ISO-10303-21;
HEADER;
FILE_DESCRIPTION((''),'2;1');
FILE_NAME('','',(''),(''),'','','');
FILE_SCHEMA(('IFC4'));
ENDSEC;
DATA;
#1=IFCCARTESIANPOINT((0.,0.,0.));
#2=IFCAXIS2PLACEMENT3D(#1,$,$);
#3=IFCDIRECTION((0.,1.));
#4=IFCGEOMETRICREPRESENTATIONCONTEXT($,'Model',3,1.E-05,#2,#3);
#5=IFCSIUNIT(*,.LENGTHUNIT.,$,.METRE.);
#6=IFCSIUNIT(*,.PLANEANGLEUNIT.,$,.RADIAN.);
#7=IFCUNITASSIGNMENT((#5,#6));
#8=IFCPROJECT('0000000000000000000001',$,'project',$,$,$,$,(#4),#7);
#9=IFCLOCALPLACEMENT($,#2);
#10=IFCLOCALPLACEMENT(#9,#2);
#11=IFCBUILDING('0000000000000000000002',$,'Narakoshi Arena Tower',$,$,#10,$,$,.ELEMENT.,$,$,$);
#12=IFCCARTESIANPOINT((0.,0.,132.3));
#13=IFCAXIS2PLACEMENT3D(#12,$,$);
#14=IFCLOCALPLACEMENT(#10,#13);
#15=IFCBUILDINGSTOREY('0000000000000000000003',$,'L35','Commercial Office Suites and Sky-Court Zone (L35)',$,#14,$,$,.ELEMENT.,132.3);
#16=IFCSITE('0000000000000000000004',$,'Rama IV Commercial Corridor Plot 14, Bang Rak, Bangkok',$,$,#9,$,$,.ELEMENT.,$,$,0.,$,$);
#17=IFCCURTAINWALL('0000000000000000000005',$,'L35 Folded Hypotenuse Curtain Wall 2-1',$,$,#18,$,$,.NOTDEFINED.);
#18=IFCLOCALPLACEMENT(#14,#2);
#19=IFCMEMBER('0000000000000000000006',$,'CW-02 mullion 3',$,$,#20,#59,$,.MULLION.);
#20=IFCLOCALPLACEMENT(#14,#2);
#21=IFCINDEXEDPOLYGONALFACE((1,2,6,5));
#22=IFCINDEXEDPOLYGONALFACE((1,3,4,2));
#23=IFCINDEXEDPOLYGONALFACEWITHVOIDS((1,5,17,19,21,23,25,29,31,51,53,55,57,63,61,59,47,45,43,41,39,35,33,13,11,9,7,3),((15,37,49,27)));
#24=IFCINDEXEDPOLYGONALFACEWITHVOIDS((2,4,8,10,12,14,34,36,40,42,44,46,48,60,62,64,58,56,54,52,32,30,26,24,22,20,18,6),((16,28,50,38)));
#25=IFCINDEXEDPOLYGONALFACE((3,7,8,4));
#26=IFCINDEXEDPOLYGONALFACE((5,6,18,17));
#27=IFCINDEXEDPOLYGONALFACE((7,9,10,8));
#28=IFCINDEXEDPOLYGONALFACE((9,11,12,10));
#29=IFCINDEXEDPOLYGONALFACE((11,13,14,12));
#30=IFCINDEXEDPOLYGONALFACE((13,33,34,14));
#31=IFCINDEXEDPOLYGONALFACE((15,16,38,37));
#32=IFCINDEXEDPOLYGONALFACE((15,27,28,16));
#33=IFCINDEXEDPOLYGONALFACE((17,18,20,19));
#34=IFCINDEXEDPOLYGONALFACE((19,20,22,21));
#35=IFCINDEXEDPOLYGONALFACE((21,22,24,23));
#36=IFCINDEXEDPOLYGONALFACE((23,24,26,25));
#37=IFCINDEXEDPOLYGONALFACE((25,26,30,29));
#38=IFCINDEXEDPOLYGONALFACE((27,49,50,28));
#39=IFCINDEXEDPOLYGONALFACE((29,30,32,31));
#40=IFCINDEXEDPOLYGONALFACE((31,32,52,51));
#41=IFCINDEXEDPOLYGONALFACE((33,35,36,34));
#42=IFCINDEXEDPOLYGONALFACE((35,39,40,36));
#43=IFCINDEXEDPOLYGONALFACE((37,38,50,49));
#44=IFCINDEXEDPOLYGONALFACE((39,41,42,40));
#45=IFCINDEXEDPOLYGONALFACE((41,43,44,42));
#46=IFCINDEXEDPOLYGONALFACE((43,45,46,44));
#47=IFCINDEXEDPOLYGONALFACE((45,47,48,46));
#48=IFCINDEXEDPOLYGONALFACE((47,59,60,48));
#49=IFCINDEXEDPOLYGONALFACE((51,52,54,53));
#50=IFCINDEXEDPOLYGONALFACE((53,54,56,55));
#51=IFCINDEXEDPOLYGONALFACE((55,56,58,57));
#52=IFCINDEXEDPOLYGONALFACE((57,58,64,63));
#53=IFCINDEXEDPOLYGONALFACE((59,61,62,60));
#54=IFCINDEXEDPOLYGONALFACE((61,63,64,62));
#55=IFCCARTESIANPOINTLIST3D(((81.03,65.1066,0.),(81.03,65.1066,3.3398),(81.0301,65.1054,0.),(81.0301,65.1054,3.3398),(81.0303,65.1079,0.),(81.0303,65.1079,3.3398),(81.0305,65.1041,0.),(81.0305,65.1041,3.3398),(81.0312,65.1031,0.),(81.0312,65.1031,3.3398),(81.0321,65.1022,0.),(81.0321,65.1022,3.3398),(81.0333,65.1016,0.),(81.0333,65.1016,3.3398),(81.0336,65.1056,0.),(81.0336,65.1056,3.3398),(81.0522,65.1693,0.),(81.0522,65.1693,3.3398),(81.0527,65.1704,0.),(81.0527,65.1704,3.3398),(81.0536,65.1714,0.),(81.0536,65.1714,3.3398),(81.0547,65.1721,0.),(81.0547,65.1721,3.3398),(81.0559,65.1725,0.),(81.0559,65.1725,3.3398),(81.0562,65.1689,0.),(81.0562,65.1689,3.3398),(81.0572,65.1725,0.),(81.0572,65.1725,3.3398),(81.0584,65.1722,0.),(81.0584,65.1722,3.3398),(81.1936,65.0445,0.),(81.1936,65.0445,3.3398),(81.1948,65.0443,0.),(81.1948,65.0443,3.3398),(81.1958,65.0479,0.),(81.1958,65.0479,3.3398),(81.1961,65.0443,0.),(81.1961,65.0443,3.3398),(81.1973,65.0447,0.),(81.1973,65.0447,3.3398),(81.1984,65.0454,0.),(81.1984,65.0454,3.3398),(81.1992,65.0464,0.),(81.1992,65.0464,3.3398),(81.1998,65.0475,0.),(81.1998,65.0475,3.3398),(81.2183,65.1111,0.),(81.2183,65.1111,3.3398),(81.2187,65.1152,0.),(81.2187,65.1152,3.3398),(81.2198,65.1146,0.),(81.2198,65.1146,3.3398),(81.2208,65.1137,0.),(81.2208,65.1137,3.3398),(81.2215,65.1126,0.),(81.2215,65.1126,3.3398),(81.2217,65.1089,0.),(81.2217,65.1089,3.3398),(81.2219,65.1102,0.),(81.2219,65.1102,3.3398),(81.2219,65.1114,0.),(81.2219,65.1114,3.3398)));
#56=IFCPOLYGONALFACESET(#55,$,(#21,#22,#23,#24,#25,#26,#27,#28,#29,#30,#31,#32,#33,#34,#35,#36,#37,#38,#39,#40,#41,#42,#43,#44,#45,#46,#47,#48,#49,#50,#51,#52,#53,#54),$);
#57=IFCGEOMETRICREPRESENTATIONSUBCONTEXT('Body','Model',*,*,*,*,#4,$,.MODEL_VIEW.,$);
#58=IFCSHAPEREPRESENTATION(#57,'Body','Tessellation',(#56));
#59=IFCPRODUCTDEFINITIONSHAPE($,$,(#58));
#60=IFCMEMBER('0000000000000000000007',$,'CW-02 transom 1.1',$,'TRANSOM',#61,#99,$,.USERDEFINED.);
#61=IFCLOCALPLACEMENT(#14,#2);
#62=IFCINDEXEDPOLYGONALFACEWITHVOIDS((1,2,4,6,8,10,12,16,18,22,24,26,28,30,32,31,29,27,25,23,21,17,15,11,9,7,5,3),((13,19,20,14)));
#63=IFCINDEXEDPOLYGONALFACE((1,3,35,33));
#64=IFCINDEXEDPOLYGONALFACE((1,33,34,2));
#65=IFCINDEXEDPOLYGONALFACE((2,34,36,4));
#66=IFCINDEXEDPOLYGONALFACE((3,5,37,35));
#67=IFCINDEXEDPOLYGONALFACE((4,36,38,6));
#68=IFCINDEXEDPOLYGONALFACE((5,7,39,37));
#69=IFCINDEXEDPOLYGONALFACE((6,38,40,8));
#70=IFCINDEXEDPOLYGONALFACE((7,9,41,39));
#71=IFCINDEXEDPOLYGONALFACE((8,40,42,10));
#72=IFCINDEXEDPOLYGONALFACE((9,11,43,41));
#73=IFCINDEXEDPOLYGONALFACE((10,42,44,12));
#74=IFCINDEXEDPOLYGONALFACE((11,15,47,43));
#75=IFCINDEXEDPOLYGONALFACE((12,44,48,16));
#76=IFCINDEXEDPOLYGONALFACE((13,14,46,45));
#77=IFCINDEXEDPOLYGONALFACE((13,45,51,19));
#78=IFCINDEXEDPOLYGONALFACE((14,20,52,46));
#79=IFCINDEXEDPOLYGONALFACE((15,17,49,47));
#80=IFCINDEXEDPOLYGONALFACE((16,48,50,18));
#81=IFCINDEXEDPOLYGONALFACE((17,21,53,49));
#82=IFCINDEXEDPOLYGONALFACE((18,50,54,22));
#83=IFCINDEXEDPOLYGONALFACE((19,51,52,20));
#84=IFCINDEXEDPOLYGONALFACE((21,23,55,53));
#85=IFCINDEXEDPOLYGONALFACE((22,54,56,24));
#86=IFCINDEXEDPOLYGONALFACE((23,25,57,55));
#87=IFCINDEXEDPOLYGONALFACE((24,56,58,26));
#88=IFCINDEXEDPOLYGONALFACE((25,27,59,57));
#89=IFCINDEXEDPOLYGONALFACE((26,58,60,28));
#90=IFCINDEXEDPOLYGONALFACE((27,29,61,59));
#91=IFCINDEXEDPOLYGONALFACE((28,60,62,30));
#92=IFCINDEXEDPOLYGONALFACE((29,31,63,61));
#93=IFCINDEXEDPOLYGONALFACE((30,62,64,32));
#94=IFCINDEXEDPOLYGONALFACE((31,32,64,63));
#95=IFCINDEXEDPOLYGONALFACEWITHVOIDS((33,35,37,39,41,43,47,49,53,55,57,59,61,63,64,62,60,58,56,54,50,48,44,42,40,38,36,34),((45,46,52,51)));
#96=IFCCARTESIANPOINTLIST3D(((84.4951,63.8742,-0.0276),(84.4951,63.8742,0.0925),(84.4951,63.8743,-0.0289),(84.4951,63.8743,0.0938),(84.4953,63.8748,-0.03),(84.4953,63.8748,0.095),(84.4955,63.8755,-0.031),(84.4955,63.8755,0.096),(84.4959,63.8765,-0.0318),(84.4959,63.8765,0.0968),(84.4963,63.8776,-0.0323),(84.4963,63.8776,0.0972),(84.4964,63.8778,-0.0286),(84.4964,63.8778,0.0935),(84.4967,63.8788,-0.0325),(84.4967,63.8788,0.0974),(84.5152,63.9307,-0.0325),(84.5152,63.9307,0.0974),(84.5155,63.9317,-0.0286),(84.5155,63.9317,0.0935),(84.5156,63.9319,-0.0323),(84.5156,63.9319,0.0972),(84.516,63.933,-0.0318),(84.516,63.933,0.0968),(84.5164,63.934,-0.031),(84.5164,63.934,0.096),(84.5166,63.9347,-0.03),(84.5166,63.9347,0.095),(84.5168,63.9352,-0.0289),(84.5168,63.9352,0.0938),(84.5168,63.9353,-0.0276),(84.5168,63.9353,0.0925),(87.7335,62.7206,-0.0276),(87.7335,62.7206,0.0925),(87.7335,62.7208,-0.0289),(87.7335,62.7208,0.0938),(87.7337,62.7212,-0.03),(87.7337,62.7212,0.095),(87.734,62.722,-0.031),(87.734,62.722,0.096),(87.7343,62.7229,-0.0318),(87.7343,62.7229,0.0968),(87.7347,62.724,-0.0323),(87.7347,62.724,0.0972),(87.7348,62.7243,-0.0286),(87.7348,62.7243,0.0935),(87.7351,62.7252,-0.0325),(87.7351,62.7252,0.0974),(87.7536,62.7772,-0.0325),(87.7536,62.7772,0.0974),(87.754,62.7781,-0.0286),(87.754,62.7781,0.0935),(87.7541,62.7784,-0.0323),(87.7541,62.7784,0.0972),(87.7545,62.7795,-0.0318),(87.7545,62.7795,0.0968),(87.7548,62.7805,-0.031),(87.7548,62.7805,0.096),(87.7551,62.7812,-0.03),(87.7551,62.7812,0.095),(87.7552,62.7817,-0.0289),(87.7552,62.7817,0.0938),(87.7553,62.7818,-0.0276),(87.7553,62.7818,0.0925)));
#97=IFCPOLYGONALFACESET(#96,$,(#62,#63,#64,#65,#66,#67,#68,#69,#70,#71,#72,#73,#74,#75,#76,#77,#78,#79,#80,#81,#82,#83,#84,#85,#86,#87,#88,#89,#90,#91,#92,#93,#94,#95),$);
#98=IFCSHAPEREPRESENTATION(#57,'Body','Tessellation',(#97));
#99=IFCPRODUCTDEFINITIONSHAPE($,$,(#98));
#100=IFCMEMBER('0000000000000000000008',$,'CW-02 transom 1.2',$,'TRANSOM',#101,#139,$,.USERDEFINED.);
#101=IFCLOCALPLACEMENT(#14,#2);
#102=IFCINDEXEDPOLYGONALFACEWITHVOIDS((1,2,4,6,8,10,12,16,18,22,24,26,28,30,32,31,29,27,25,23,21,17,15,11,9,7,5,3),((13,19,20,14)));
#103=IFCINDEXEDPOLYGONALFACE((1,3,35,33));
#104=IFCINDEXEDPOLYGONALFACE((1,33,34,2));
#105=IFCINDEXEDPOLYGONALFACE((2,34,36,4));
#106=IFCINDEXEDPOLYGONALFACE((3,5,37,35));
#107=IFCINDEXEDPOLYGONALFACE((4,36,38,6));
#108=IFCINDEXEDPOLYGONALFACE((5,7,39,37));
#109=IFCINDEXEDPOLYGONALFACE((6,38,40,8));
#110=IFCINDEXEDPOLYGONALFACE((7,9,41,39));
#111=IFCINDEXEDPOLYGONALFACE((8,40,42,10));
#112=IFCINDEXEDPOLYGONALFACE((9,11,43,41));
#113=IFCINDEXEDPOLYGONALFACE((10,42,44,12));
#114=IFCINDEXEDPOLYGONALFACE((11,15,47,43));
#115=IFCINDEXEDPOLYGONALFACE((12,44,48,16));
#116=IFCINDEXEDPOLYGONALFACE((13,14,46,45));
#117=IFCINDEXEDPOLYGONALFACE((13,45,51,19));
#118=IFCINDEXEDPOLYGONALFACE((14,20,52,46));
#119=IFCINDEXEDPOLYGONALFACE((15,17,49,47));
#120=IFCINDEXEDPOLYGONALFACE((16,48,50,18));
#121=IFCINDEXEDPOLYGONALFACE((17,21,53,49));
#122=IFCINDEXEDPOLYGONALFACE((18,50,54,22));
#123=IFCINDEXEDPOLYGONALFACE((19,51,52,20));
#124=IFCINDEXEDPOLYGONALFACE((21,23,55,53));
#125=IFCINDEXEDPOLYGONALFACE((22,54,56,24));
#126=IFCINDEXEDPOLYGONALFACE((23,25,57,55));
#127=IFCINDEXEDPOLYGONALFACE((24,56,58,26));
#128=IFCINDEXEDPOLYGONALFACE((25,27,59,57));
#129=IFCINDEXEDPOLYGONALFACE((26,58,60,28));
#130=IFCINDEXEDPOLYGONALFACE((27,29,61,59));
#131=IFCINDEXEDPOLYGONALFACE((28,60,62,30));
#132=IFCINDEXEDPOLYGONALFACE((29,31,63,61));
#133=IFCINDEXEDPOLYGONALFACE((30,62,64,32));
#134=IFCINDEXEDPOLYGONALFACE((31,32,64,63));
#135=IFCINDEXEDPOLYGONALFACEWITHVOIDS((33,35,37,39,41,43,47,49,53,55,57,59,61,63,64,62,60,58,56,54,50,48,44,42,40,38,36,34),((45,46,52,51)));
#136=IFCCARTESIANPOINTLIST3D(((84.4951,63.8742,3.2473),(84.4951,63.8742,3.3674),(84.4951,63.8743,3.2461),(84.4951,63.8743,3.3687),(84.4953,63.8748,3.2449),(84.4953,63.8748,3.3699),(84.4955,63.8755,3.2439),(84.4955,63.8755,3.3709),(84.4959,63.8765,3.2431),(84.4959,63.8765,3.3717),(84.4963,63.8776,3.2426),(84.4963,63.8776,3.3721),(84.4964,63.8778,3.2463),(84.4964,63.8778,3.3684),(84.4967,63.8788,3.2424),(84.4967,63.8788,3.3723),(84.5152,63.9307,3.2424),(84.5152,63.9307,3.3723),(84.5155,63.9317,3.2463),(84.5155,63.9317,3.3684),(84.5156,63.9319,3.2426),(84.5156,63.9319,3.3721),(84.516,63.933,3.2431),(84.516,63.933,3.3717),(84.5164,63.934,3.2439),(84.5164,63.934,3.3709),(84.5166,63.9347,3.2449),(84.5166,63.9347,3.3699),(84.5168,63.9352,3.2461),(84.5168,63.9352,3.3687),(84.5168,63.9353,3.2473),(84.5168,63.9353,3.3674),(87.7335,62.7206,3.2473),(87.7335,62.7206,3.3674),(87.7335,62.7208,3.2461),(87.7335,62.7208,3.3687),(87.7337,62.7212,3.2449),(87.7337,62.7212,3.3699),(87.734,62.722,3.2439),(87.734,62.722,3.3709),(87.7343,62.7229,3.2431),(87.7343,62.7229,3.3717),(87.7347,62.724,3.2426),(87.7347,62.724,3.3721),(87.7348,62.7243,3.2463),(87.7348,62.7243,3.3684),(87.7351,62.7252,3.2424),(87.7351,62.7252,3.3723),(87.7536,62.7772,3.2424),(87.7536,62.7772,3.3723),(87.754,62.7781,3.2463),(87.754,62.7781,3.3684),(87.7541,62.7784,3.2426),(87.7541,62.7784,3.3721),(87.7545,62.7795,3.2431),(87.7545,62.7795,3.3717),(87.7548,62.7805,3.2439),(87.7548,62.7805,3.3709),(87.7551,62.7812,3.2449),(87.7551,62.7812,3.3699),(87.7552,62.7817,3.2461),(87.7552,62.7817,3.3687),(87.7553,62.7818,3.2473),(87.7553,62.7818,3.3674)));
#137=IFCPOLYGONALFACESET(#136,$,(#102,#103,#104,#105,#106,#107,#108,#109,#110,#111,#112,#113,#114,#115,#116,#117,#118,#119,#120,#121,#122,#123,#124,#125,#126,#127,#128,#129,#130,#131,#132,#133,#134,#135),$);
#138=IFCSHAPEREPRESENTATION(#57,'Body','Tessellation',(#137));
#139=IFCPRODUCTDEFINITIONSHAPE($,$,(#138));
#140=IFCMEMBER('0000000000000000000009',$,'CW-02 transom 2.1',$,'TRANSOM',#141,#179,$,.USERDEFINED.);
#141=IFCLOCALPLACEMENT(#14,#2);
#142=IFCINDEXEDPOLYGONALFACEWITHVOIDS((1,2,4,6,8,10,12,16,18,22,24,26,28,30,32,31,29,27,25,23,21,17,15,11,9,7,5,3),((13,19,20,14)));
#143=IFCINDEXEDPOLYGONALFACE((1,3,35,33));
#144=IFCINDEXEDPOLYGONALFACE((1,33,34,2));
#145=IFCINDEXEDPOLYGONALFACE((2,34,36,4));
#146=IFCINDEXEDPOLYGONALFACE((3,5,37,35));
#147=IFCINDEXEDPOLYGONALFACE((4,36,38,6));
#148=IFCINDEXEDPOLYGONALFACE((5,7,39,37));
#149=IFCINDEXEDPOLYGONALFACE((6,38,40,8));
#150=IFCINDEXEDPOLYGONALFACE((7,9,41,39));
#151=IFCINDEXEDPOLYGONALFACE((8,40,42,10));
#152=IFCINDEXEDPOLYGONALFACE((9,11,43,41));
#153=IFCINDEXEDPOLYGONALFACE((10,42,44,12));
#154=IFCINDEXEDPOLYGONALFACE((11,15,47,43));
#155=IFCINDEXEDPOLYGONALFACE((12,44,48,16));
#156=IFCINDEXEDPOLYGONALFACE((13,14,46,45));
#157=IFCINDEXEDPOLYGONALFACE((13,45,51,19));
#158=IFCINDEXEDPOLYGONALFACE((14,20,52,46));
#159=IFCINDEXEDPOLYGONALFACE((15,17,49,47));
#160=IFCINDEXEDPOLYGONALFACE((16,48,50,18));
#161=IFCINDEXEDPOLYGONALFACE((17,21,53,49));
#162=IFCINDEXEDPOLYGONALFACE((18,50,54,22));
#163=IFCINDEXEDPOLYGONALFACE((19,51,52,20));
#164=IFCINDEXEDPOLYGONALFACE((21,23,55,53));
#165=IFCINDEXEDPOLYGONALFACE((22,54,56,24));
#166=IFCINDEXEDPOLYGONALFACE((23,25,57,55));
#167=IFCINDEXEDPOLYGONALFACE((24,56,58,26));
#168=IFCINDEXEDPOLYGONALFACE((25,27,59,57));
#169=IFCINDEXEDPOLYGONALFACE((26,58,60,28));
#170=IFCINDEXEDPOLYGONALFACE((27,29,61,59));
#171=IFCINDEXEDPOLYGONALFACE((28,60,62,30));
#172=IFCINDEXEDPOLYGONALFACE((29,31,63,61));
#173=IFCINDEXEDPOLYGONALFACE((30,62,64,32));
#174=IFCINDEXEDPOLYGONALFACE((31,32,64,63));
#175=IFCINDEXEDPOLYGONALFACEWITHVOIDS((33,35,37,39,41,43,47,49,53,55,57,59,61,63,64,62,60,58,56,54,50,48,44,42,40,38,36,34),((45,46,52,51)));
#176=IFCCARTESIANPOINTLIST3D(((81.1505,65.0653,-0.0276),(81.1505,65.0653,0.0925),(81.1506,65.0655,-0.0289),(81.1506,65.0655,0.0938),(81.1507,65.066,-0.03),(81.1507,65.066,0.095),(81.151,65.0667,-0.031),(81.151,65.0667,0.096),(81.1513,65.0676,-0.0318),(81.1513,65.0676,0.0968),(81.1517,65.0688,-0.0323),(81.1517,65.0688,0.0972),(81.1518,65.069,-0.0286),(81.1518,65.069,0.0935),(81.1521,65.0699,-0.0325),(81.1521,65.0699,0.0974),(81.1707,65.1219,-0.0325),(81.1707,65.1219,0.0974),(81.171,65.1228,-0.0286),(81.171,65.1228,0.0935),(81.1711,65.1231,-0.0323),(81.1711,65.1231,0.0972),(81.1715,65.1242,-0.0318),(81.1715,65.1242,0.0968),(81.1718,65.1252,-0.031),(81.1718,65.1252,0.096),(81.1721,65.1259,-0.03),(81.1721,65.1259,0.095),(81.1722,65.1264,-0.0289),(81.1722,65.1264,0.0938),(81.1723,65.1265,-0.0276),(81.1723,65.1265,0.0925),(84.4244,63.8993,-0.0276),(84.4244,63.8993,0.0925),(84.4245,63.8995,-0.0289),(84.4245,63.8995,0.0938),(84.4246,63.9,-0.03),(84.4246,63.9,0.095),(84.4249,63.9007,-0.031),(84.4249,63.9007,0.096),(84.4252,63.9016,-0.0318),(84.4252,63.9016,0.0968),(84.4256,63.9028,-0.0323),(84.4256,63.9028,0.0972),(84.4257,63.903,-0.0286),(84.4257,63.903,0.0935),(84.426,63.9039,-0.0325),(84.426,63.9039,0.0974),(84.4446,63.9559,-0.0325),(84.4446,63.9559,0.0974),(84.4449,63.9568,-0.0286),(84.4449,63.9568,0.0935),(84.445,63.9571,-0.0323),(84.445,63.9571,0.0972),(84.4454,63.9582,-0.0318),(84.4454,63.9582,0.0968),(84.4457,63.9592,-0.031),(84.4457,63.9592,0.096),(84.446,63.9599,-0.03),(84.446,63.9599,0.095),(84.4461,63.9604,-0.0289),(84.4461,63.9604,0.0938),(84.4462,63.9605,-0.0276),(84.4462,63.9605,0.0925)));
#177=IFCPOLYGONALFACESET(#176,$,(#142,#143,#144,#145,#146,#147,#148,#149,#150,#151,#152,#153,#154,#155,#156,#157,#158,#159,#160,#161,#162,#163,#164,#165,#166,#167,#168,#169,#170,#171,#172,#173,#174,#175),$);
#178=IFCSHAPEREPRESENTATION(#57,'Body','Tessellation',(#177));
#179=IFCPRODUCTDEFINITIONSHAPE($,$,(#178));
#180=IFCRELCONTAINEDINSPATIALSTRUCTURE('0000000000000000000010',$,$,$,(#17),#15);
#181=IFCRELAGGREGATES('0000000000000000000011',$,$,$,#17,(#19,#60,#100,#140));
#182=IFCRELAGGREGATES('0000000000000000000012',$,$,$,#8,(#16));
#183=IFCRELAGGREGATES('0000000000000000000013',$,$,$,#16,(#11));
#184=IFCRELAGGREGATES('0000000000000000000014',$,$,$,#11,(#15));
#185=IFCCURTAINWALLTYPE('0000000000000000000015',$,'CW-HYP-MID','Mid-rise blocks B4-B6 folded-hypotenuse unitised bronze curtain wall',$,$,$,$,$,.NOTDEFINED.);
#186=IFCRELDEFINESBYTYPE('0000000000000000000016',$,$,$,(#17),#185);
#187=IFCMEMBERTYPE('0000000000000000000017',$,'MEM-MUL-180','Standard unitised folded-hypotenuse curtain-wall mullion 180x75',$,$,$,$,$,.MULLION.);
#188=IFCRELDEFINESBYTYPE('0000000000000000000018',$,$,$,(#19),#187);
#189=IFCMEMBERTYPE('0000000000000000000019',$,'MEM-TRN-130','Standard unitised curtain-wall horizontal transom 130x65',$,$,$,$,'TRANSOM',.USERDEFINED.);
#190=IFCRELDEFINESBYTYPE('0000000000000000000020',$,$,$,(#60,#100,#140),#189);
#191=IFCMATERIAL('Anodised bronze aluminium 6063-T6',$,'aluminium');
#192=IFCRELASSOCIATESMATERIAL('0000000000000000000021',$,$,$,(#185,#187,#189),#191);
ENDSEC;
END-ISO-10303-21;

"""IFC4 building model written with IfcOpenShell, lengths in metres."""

from ifc_helpers import new_model, si_unit, direction, frame, origin, origin_2d, place, context, subcontext, project, spatial, hollow_rectangle, extrude, material, material_profile, profile_set, type_object, element, aggregate, save


model = new_model("IFC4")

# Units and contexts
model_context = context("Model", 3, precision=1e-05, world=origin(), true_north=direction((0.0, 1.0)))
body_context = subcontext(model_context, "Body", "Model", "MODEL_VIEW")
ifc_project = project(units=[si_unit("LENGTHUNIT", "METRE"), si_unit("PLANEANGLEUNIT", "RADIAN")], contexts=[model_context])

# Site, building, storey
site_placement = place(None, origin())
site = spatial("IfcSite", under=ifc_project, at=site_placement, Name="Rama IV Commercial Corridor Plot 14, Bang Rak, Bangkok", CompositionType="ELEMENT", RefElevation=0.0)
building_placement = place(site_placement, origin())
building = spatial("IfcBuilding", under=site, at=building_placement, Name="Narakoshi Arena Tower", CompositionType="ELEMENT")
storey_placement = place(building_placement, frame((0.0, 0.0, 132.3)))
storey = spatial("IfcBuildingStorey", under=building, at=storey_placement, Name="L35", Description="Commercial Office Suites and Sky-Court Zone (L35)", CompositionType="ELEMENT", Elevation=132.3)

# Curtain wall, members
ifc_material_1 = material(Name="Anodised bronze aluminium 6063-T6", Category="aluminium")
curtain_wall_type = type_object("IfcCurtainWallType", Name="CW-HYP-MID", Description="Mid-rise blocks B4-B6 folded-hypotenuse unitised bronze curtain wall", PredefinedType="NOTDEFINED", material=ifc_material_1)
curtain_wall_placement = place(storey_placement, origin())
curtain_wall = element("IfcCurtainWall", 1, at=curtain_wall_placement, inside=storey, type_object=curtain_wall_type, Name="L35 Folded Hypotenuse Curtain Wall 2-1", PredefinedType="NOTDEFINED")
ifc_material_profile_1 = material_profile(ifc_material_1, hollow_rectangle(XDim=0.075, YDim=0.1799, WallThickness=0.0039, OuterFilletRadius=0.0049, at=origin_2d()), Name="MUL180x75x4")
ifc_profile_set_1 = profile_set([ifc_material_profile_1], Name="Anodised bronze aluminium 6063-T6")
member_type_1 = type_object("IfcMemberType", Name="MEM-MUL-180", Description="Standard unitised folded-hypotenuse curtain-wall mullion 180x75", PredefinedType="MULLION", material=ifc_profile_set_1)
member_1_placement = place(storey_placement, frame((81.126, 65.1084, 0.0), z_axis=(0.0, 0.0, 1.0), x_axis=(-0.335518, -0.942034, 0.0)))
member_1 = element("IfcMember", 2, at=member_1_placement, type_object=member_type_1, Name="CW-02 mullion 3", PredefinedType="MULLION", context=body_context, shape_type="SweptSolid", body=[
    extrude(hollow_rectangle(XDim=0.075, YDim=0.1799, WallThickness=0.0039, OuterFilletRadius=0.0049, at=origin_2d()), origin(), (0.0, 0.0, 1.0), 3.3398),
])
ifc_material_profile_2 = material_profile(ifc_material_1, hollow_rectangle(XDim=0.0649, YDim=0.1299, WallThickness=0.0039, OuterFilletRadius=0.0049, at=origin_2d()), Name="TRN130x65x4")
ifc_profile_set_2 = profile_set([ifc_material_profile_2], Name="Anodised bronze aluminium 6063-T6")
member_type_2 = type_object("IfcMemberType", Name="MEM-TRN-130", Description="Standard unitised curtain-wall horizontal transom 130x65", ElementType="TRANSOM", PredefinedType="USERDEFINED", material=ifc_profile_set_2)
member_2_placement = place(storey_placement, frame((87.7444, 62.7512, 0.0325), z_axis=(-0.942023, 0.335549, 0.0), x_axis=(-0.335549, -0.942023, 0.0)))
member_2 = element("IfcMember", 3, at=member_2_placement, type_object=member_type_2, Name="CW-02 transom 1.1", ObjectType="TRANSOM", PredefinedType="USERDEFINED", context=body_context, shape_type="SweptSolid", body=[
    extrude(hollow_rectangle(XDim=0.0649, YDim=0.1299, WallThickness=0.0039, OuterFilletRadius=0.0049, at=origin_2d()), origin(), (0.0, 0.0, 1.0), 3.4377),
])
member_3_placement = place(storey_placement, frame((87.7444, 62.7512, 3.3074), z_axis=(-0.942023, 0.335549, 0.0), x_axis=(-0.335549, -0.942023, 0.0)))
member_3 = element("IfcMember", 4, at=member_3_placement, type_object=member_type_2, Name="CW-02 transom 1.2", ObjectType="TRANSOM", PredefinedType="USERDEFINED", context=body_context, shape_type="SweptSolid", body=[
    extrude(hollow_rectangle(XDim=0.0649, YDim=0.1299, WallThickness=0.0039, OuterFilletRadius=0.0049, at=origin_2d()), origin(), (0.0, 0.0, 1.0), 3.4377),
])
member_4_placement = place(storey_placement, frame((84.4353, 63.9299, 0.0325), z_axis=(-0.942037, 0.335509, 0.0), x_axis=(-0.335509, -0.942037, 0.0)))
member_4 = element("IfcMember", 5, at=member_4_placement, type_object=member_type_2, Name="CW-02 transom 2.1", ObjectType="TRANSOM", PredefinedType="USERDEFINED", context=body_context, shape_type="SweptSolid", body=[
    extrude(hollow_rectangle(XDim=0.0649, YDim=0.1299, WallThickness=0.0039, OuterFilletRadius=0.0049, at=origin_2d()), origin(), (0.0, 0.0, 1.0), 3.4753),
])
aggregate(curtain_wall, [member_1, member_2, member_3, member_4])

save(model, "model.ifc")
